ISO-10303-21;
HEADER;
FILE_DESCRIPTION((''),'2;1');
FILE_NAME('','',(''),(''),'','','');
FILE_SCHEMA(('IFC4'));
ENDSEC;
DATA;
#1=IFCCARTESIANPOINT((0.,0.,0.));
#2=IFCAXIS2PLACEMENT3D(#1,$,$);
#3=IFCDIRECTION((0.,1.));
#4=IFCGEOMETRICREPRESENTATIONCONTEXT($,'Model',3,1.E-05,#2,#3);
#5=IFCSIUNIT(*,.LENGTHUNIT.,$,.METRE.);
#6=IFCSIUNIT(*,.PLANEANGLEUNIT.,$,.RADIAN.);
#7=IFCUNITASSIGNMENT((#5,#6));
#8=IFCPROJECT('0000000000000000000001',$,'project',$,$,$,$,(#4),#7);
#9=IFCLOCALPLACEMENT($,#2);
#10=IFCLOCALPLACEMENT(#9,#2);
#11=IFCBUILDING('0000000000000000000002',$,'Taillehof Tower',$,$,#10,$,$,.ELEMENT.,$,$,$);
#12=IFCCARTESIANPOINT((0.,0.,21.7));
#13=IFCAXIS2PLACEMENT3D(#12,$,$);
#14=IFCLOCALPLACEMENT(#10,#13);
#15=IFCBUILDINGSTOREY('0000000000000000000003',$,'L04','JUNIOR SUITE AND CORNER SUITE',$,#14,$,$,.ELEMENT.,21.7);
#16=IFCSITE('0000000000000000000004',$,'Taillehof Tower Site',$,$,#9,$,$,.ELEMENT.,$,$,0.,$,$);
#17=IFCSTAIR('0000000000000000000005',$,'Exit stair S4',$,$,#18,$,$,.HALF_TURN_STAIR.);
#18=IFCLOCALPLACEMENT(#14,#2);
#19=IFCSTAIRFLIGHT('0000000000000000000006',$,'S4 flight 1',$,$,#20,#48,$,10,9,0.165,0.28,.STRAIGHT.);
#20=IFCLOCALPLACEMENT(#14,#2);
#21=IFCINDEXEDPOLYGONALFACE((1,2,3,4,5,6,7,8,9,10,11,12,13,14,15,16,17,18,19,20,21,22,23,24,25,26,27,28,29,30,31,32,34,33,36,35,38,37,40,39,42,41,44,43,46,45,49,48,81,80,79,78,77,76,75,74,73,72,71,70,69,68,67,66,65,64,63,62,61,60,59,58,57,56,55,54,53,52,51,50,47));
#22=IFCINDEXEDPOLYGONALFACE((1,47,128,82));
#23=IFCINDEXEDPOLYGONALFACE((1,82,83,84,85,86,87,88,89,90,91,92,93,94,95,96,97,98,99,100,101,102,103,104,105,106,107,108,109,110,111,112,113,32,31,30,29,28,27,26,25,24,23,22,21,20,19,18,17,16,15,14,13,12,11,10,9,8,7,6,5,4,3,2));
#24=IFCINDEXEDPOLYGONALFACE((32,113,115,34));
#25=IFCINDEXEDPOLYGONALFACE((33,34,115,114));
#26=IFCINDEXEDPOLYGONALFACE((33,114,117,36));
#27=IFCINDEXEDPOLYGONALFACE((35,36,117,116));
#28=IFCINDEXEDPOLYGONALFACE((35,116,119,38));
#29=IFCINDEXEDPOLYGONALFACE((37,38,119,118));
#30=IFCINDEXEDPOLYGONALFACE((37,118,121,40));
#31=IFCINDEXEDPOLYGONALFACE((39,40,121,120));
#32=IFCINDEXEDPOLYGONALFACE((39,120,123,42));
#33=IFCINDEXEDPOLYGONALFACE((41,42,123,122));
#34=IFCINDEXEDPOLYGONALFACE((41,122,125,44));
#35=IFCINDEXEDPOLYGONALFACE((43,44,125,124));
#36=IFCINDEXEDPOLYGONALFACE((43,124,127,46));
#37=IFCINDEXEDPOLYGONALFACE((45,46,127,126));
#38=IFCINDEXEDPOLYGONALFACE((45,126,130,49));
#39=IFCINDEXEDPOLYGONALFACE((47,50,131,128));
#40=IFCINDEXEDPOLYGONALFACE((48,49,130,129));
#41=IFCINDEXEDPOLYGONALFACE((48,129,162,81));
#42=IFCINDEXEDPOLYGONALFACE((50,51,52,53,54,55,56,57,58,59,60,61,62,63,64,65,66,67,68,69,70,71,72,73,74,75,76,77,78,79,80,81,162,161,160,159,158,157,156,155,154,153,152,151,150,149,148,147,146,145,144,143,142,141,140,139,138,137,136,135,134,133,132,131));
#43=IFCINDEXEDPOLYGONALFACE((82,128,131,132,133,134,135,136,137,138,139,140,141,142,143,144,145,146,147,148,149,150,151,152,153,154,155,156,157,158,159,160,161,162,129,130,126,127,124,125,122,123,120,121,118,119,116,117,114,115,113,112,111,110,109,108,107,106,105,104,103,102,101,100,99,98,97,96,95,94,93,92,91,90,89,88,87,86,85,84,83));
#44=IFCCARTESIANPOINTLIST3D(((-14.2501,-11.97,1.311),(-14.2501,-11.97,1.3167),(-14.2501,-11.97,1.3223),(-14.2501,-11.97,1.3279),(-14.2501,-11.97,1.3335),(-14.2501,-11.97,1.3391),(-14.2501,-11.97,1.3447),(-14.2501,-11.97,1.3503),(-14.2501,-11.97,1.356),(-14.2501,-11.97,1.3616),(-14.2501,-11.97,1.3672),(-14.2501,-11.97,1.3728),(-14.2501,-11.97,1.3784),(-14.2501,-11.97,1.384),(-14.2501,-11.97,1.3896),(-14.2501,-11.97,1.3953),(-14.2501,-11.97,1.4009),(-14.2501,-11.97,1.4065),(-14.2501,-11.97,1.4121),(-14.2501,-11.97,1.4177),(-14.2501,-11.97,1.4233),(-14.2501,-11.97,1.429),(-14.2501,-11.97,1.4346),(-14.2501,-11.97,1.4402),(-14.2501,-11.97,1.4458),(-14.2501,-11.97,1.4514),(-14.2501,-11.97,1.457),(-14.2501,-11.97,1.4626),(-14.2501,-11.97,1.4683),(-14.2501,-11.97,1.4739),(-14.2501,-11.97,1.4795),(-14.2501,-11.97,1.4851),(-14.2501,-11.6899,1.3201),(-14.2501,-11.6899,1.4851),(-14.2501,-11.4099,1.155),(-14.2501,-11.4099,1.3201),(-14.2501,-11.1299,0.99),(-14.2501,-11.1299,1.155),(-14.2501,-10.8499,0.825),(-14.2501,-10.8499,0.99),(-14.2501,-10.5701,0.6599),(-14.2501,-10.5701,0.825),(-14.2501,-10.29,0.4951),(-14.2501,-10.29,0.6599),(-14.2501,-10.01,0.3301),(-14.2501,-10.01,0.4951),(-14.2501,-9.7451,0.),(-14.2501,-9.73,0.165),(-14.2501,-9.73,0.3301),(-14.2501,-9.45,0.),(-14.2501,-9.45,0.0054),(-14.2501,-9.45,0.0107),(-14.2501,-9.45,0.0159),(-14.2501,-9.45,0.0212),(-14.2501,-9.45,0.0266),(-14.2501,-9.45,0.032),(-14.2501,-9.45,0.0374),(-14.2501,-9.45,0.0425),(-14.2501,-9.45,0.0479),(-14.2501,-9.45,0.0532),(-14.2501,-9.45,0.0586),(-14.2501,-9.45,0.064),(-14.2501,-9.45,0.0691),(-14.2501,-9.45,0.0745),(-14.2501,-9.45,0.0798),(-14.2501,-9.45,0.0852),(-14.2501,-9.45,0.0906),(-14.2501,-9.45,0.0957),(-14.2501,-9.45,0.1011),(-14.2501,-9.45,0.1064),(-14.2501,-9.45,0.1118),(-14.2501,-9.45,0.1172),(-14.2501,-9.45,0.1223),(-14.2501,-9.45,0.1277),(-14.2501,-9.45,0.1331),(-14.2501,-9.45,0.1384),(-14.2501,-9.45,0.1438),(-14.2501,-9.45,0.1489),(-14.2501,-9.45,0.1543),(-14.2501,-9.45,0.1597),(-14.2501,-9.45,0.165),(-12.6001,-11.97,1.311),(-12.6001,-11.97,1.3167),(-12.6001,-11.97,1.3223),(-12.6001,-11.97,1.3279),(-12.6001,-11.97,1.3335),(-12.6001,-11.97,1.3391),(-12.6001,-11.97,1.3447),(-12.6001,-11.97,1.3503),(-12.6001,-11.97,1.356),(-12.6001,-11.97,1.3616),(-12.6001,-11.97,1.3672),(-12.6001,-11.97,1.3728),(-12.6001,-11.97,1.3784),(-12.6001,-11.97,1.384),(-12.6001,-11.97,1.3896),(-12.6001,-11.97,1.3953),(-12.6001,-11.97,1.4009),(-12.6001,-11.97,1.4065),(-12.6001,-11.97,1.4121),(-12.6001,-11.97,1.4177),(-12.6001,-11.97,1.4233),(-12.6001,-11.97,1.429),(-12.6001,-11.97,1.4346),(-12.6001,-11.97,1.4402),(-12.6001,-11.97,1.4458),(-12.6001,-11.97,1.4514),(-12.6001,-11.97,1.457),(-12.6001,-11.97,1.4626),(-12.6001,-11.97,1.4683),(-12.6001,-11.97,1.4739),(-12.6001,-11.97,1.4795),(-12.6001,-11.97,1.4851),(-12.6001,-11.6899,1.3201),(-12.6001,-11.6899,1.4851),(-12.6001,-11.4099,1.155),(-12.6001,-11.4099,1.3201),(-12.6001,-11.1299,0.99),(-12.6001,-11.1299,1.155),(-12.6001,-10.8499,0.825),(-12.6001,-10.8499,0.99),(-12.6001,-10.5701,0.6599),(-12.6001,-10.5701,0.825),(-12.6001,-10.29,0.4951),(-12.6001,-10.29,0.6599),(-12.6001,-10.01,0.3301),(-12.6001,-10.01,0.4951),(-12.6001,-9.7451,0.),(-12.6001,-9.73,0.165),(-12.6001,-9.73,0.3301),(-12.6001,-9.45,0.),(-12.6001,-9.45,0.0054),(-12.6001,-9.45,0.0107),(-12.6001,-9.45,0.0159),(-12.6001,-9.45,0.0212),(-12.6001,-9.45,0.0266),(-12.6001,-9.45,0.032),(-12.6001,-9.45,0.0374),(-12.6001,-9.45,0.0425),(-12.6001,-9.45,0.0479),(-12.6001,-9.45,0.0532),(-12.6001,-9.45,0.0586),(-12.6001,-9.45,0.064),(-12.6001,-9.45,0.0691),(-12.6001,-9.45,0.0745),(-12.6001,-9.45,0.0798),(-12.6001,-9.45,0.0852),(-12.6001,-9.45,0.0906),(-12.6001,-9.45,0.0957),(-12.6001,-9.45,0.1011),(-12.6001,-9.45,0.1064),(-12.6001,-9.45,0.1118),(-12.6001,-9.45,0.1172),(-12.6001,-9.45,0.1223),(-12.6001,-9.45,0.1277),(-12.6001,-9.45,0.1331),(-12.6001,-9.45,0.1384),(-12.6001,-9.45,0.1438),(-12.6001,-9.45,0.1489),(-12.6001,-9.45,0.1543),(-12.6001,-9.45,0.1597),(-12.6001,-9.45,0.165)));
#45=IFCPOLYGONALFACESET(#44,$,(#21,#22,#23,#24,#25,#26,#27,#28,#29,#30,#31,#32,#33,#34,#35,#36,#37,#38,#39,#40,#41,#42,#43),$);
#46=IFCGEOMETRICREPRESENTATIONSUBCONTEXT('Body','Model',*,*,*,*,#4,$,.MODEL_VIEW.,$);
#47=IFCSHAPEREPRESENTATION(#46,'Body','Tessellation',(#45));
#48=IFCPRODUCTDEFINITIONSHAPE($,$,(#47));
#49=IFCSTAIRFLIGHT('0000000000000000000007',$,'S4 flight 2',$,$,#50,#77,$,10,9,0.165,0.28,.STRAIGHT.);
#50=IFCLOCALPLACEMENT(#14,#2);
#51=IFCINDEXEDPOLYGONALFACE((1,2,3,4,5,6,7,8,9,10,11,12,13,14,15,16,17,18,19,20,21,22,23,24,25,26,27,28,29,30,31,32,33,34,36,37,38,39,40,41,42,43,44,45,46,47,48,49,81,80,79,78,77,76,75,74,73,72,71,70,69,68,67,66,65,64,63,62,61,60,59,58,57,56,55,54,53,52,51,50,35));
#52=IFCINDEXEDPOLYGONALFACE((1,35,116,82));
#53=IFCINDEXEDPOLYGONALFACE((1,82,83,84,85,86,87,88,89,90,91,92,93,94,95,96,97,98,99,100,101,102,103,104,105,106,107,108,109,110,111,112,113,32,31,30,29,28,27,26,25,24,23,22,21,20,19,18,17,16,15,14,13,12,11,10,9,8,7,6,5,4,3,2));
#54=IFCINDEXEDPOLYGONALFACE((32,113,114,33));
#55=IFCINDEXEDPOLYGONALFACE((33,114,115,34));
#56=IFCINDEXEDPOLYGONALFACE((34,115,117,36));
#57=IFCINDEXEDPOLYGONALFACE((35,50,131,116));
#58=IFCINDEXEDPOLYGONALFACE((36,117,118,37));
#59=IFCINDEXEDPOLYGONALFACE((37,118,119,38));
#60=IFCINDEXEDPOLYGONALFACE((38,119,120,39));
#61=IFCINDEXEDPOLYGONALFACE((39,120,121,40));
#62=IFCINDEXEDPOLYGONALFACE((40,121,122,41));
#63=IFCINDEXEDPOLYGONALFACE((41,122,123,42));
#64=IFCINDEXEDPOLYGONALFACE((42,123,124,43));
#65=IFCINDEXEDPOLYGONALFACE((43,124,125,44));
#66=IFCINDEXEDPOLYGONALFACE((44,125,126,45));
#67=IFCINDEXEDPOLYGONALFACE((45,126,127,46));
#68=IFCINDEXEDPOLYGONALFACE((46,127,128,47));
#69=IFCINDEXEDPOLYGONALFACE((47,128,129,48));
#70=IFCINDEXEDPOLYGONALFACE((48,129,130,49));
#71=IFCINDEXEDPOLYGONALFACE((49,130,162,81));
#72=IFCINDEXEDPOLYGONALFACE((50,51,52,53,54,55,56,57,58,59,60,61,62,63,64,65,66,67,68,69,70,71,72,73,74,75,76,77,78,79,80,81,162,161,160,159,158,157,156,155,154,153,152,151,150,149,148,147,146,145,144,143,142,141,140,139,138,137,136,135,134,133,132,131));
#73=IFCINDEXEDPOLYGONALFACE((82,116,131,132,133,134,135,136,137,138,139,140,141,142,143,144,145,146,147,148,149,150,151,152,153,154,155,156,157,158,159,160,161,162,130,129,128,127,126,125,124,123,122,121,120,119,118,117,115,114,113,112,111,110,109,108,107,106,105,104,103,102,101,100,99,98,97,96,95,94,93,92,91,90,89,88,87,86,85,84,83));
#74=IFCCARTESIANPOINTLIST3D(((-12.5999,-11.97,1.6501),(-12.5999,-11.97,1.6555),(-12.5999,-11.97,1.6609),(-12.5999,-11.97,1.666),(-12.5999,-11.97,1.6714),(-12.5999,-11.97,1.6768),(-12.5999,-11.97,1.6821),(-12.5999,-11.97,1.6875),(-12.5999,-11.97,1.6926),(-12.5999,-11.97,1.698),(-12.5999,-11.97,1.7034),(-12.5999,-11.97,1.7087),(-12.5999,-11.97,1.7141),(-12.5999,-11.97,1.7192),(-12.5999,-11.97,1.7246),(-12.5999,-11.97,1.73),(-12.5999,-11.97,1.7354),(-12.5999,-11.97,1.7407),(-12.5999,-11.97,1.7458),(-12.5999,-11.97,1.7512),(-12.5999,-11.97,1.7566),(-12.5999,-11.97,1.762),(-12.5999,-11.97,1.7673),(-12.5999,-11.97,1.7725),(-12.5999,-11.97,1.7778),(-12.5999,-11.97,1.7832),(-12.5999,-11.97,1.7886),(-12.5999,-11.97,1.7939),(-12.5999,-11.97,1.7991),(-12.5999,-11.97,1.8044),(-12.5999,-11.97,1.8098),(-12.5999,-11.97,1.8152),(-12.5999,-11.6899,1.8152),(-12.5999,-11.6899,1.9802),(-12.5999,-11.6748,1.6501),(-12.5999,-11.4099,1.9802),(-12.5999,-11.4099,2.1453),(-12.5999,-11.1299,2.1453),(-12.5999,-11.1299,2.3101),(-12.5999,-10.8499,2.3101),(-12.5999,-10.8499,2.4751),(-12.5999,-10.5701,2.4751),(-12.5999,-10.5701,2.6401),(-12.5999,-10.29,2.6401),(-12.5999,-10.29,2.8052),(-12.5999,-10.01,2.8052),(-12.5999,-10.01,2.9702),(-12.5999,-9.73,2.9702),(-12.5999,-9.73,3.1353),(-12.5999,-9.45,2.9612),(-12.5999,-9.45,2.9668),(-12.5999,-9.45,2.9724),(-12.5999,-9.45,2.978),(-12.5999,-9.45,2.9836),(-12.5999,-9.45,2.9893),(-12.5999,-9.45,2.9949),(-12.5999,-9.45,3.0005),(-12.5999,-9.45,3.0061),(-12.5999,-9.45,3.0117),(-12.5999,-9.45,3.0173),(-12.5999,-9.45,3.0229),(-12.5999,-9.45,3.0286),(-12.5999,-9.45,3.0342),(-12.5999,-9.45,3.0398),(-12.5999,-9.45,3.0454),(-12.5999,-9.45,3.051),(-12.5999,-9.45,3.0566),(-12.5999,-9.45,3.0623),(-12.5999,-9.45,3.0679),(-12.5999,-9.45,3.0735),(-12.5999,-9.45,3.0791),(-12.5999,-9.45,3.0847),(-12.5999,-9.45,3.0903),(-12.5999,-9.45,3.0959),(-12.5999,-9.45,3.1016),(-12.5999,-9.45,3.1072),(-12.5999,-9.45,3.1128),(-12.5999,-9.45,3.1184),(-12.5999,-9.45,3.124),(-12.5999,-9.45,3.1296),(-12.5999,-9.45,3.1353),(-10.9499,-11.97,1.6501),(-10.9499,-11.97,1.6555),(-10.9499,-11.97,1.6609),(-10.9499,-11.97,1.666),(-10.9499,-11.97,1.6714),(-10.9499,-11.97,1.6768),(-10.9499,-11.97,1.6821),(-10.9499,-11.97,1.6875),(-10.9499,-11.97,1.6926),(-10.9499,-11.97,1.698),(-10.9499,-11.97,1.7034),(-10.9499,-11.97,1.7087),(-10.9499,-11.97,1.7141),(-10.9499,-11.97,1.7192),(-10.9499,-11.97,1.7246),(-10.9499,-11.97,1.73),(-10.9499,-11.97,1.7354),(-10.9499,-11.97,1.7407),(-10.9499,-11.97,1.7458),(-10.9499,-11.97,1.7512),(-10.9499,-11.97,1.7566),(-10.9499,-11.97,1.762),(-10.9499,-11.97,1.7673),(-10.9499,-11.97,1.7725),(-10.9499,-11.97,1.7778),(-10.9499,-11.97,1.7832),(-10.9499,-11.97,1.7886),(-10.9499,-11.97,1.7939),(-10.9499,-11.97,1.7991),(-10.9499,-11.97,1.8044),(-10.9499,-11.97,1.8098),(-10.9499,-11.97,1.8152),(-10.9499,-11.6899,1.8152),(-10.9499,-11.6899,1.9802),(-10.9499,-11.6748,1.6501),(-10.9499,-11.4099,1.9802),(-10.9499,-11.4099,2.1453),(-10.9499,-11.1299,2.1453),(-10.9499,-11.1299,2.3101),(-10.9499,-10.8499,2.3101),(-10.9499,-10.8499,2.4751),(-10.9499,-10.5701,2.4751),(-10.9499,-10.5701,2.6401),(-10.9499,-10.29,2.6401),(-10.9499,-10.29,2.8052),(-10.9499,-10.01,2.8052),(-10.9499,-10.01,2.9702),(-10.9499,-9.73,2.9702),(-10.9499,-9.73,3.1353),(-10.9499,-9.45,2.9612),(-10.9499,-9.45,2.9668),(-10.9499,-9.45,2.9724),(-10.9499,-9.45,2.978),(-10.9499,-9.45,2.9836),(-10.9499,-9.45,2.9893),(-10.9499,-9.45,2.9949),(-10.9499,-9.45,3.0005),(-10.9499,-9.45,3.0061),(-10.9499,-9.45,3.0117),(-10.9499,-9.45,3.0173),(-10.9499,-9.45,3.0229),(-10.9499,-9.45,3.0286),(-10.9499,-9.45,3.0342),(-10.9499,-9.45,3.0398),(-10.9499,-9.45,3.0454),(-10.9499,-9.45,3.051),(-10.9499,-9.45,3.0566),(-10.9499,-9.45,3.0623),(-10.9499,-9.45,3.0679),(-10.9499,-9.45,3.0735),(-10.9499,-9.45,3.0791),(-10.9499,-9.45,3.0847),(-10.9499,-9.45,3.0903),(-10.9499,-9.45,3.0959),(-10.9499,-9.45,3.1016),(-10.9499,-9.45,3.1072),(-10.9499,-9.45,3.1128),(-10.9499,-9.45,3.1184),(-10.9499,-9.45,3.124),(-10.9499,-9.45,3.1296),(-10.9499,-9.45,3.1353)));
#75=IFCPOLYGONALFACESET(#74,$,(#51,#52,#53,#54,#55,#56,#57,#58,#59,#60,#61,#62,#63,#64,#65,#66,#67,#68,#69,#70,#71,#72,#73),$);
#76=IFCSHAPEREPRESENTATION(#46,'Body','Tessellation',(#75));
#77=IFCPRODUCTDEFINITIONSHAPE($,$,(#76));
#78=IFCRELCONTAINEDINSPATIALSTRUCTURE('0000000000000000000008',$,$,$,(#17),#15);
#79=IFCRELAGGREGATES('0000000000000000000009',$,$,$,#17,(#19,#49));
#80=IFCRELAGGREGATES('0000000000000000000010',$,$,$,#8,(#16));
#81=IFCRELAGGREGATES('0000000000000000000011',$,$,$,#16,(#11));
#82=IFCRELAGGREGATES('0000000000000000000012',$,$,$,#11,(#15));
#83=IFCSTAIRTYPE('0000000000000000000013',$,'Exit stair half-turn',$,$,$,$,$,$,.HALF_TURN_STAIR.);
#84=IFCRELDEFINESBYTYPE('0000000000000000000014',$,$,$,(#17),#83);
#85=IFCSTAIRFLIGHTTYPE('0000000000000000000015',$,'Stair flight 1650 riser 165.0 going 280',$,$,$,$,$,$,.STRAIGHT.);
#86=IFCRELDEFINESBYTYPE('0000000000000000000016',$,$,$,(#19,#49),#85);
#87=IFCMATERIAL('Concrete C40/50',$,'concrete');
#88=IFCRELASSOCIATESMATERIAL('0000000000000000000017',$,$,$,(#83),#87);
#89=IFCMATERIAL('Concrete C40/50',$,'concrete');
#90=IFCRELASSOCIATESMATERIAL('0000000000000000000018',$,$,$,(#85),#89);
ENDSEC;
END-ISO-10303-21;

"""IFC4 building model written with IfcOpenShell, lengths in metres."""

from ifc_helpers import new_model, si_unit, direction, frame, origin, place, context, subcontext, project, spatial, polyline, outline, extrude, material, type_object, element, aggregate, save


model = new_model("IFC4")

# Units and contexts
model_context = context("Model", 3, precision=1e-05, world=origin(), true_north=direction((0.0, 1.0)))
body_context = subcontext(model_context, "Body", "Model", "MODEL_VIEW")
ifc_project = project(units=[si_unit("LENGTHUNIT", "METRE"), si_unit("PLANEANGLEUNIT", "RADIAN")], contexts=[model_context])

# Site, building, storey
site_placement = place(None, origin())
site = spatial("IfcSite", under=ifc_project, at=site_placement, Name="Taillehof Tower Site", CompositionType="ELEMENT", RefElevation=0.0)
building_placement = place(site_placement, origin())
building = spatial("IfcBuilding", under=site, at=building_placement, Name="Taillehof Tower", CompositionType="ELEMENT")
storey_placement = place(building_placement, frame((0.0, 0.0, 21.7)))
storey = spatial("IfcBuildingStorey", under=building, at=storey_placement, Name="L04", Description="JUNIOR SUITE AND CORNER SUITE", CompositionType="ELEMENT", Elevation=21.7)

# Stair, stair flights
ifc_material_1 = material(Name="Concrete C40/50", Category="concrete")
stair_type = type_object("IfcStairType", Name="Exit stair half-turn", PredefinedType="HALF_TURN_STAIR", material=ifc_material_1)
stair_placement = place(storey_placement, origin())
stair = element("IfcStair", 1, at=stair_placement, inside=storey, type_object=stair_type, Name="Exit stair S4", PredefinedType="HALF_TURN_STAIR")
ifc_material_2 = material(Name="Concrete C40/50", Category="concrete")
stair_flight_type = type_object("IfcStairFlightType", Name="Stair flight 1650 riser 165.0 going 280", PredefinedType="STRAIGHT", material=ifc_material_2)
stair_flight_1_placement = place(storey_placement, frame((-13.425, -9.45, 0.0), z_axis=(0.0, 0.0, 1.0), x_axis=(0.0, -1.0, 0.0)))
stair_flight_1 = element("IfcStairFlight", 2, at=stair_flight_1_placement, type_object=stair_flight_type, Name="S4 flight 1", NumberOfRisers=10, NumberOfTreads=9, PredefinedType="STRAIGHT", RiserHeight=0.165, TreadLength=0.28, context=body_context, shape_type="SweptSolid", body=[
    extrude(outline(polyline([(0.0, 0.0), (0.0, 0.0054), (0.0, 0.0107), (0.0, 0.0159), (0.0, 0.0212), (0.0, 0.0266), (0.0, 0.032), (0.0, 0.0374), (0.0, 0.0425), (0.0, 0.0479), (0.0, 0.0532), (0.0, 0.0586), (0.0, 0.064), (0.0, 0.0691), (0.0, 0.0745), (0.0, 0.0798), (0.0, 0.0852), (0.0, 0.0906), (0.0, 0.0957), (0.0, 0.1011), (0.0, 0.1064), (0.0, 0.1118), (0.0, 0.1172), (0.0, 0.1223), (0.0, 0.1277), (0.0, 0.1331), (0.0, 0.1384), (0.0, 0.1438), (0.0, 0.1489), (0.0, 0.1543), (0.0, 0.1597), (0.0, 0.165), (0.28, 0.165), (0.28, 0.3301), (0.5601, 0.3301), (0.5601, 0.4951), (0.8401, 0.4951), (0.8401, 0.6599), (1.1201, 0.6599), (1.1201, 0.825), (1.3999, 0.825), (1.3999, 0.99), (1.6799, 0.99), (1.6799, 1.155), (1.96, 1.155), (1.96, 1.3201), (2.24, 1.3201), (2.24, 1.4851), (2.52, 1.4851), (2.52, 1.4795), (2.52, 1.4739), (2.52, 1.4683), (2.52, 1.4626), (2.52, 1.457), (2.52, 1.4514), (2.52, 1.4458), (2.52, 1.4402), (2.52, 1.4346), (2.52, 1.429), (2.52, 1.4233), (2.52, 1.4177), (2.52, 1.4121), (2.52, 1.4065), (2.52, 1.4009), (2.52, 1.3953), (2.52, 1.3896), (2.52, 1.384), (2.52, 1.3784), (2.52, 1.3728), (2.52, 1.3672), (2.52, 1.3616), (2.52, 1.356), (2.52, 1.3503), (2.52, 1.3447), (2.52, 1.3391), (2.52, 1.3335), (2.52, 1.3279), (2.52, 1.3223), (2.52, 1.3167), (2.52, 1.311), (0.2952, 0.0), (0.0, 0.0)])), frame((0.0, 0.825, 0.0), z_axis=(0.0, -1.0, 0.0), x_axis=(1.0, 0.0, 0.0)), (0.0, 0.0, 1.0), 1.65),
])
stair_flight_2_placement = place(storey_placement, frame((-11.7749, -11.97, 1.6501), z_axis=(0.0, 0.0, 1.0), x_axis=(0.0, 1.0, 0.0)))
stair_flight_2 = element("IfcStairFlight", 3, at=stair_flight_2_placement, type_object=stair_flight_type, Name="S4 flight 2", NumberOfRisers=10, NumberOfTreads=9, PredefinedType="STRAIGHT", RiserHeight=0.165, TreadLength=0.28, context=body_context, shape_type="SweptSolid", body=[
    extrude(outline(polyline([(0.0, 0.0), (0.0, 0.0054), (0.0, 0.0107), (0.0, 0.0159), (0.0, 0.0212), (0.0, 0.0266), (0.0, 0.032), (0.0, 0.0374), (0.0, 0.0425), (0.0, 0.0479), (0.0, 0.0532), (0.0, 0.0586), (0.0, 0.064), (0.0, 0.0691), (0.0, 0.0745), (0.0, 0.0798), (0.0, 0.0852), (0.0, 0.0906), (0.0, 0.0957), (0.0, 0.1011), (0.0, 0.1064), (0.0, 0.1118), (0.0, 0.1172), (0.0, 0.1223), (0.0, 0.1277), (0.0, 0.1331), (0.0, 0.1384), (0.0, 0.1438), (0.0, 0.1489), (0.0, 0.1543), (0.0, 0.1597), (0.0, 0.165), (0.28, 0.165), (0.28, 0.3301), (0.5601, 0.3301), (0.5601, 0.4951), (0.8401, 0.4951), (0.8401, 0.6599), (1.1201, 0.6599), (1.1201, 0.825), (1.3999, 0.825), (1.3999, 0.99), (1.6799, 0.99), (1.6799, 1.155), (1.96, 1.155), (1.96, 1.3201), (2.24, 1.3201), (2.24, 1.4851), (2.52, 1.4851), (2.52, 1.4795), (2.52, 1.4739), (2.52, 1.4683), (2.52, 1.4626), (2.52, 1.457), (2.52, 1.4514), (2.52, 1.4458), (2.52, 1.4402), (2.52, 1.4346), (2.52, 1.429), (2.52, 1.4233), (2.52, 1.4177), (2.52, 1.4121), (2.52, 1.4065), (2.52, 1.4009), (2.52, 1.3953), (2.52, 1.3896), (2.52, 1.384), (2.52, 1.3784), (2.52, 1.3728), (2.52, 1.3672), (2.52, 1.3616), (2.52, 1.356), (2.52, 1.3503), (2.52, 1.3447), (2.52, 1.3391), (2.52, 1.3335), (2.52, 1.3279), (2.52, 1.3223), (2.52, 1.3167), (2.52, 1.311), (0.2952, 0.0), (0.0, 0.0)])), frame((0.0, 0.825, 0.0), z_axis=(0.0, -1.0, 0.0), x_axis=(1.0, 0.0, 0.0)), (0.0, 0.0, 1.0), 1.65),
])
aggregate(stair, [stair_flight_1, stair_flight_2])

save(model, "model.ifc")
